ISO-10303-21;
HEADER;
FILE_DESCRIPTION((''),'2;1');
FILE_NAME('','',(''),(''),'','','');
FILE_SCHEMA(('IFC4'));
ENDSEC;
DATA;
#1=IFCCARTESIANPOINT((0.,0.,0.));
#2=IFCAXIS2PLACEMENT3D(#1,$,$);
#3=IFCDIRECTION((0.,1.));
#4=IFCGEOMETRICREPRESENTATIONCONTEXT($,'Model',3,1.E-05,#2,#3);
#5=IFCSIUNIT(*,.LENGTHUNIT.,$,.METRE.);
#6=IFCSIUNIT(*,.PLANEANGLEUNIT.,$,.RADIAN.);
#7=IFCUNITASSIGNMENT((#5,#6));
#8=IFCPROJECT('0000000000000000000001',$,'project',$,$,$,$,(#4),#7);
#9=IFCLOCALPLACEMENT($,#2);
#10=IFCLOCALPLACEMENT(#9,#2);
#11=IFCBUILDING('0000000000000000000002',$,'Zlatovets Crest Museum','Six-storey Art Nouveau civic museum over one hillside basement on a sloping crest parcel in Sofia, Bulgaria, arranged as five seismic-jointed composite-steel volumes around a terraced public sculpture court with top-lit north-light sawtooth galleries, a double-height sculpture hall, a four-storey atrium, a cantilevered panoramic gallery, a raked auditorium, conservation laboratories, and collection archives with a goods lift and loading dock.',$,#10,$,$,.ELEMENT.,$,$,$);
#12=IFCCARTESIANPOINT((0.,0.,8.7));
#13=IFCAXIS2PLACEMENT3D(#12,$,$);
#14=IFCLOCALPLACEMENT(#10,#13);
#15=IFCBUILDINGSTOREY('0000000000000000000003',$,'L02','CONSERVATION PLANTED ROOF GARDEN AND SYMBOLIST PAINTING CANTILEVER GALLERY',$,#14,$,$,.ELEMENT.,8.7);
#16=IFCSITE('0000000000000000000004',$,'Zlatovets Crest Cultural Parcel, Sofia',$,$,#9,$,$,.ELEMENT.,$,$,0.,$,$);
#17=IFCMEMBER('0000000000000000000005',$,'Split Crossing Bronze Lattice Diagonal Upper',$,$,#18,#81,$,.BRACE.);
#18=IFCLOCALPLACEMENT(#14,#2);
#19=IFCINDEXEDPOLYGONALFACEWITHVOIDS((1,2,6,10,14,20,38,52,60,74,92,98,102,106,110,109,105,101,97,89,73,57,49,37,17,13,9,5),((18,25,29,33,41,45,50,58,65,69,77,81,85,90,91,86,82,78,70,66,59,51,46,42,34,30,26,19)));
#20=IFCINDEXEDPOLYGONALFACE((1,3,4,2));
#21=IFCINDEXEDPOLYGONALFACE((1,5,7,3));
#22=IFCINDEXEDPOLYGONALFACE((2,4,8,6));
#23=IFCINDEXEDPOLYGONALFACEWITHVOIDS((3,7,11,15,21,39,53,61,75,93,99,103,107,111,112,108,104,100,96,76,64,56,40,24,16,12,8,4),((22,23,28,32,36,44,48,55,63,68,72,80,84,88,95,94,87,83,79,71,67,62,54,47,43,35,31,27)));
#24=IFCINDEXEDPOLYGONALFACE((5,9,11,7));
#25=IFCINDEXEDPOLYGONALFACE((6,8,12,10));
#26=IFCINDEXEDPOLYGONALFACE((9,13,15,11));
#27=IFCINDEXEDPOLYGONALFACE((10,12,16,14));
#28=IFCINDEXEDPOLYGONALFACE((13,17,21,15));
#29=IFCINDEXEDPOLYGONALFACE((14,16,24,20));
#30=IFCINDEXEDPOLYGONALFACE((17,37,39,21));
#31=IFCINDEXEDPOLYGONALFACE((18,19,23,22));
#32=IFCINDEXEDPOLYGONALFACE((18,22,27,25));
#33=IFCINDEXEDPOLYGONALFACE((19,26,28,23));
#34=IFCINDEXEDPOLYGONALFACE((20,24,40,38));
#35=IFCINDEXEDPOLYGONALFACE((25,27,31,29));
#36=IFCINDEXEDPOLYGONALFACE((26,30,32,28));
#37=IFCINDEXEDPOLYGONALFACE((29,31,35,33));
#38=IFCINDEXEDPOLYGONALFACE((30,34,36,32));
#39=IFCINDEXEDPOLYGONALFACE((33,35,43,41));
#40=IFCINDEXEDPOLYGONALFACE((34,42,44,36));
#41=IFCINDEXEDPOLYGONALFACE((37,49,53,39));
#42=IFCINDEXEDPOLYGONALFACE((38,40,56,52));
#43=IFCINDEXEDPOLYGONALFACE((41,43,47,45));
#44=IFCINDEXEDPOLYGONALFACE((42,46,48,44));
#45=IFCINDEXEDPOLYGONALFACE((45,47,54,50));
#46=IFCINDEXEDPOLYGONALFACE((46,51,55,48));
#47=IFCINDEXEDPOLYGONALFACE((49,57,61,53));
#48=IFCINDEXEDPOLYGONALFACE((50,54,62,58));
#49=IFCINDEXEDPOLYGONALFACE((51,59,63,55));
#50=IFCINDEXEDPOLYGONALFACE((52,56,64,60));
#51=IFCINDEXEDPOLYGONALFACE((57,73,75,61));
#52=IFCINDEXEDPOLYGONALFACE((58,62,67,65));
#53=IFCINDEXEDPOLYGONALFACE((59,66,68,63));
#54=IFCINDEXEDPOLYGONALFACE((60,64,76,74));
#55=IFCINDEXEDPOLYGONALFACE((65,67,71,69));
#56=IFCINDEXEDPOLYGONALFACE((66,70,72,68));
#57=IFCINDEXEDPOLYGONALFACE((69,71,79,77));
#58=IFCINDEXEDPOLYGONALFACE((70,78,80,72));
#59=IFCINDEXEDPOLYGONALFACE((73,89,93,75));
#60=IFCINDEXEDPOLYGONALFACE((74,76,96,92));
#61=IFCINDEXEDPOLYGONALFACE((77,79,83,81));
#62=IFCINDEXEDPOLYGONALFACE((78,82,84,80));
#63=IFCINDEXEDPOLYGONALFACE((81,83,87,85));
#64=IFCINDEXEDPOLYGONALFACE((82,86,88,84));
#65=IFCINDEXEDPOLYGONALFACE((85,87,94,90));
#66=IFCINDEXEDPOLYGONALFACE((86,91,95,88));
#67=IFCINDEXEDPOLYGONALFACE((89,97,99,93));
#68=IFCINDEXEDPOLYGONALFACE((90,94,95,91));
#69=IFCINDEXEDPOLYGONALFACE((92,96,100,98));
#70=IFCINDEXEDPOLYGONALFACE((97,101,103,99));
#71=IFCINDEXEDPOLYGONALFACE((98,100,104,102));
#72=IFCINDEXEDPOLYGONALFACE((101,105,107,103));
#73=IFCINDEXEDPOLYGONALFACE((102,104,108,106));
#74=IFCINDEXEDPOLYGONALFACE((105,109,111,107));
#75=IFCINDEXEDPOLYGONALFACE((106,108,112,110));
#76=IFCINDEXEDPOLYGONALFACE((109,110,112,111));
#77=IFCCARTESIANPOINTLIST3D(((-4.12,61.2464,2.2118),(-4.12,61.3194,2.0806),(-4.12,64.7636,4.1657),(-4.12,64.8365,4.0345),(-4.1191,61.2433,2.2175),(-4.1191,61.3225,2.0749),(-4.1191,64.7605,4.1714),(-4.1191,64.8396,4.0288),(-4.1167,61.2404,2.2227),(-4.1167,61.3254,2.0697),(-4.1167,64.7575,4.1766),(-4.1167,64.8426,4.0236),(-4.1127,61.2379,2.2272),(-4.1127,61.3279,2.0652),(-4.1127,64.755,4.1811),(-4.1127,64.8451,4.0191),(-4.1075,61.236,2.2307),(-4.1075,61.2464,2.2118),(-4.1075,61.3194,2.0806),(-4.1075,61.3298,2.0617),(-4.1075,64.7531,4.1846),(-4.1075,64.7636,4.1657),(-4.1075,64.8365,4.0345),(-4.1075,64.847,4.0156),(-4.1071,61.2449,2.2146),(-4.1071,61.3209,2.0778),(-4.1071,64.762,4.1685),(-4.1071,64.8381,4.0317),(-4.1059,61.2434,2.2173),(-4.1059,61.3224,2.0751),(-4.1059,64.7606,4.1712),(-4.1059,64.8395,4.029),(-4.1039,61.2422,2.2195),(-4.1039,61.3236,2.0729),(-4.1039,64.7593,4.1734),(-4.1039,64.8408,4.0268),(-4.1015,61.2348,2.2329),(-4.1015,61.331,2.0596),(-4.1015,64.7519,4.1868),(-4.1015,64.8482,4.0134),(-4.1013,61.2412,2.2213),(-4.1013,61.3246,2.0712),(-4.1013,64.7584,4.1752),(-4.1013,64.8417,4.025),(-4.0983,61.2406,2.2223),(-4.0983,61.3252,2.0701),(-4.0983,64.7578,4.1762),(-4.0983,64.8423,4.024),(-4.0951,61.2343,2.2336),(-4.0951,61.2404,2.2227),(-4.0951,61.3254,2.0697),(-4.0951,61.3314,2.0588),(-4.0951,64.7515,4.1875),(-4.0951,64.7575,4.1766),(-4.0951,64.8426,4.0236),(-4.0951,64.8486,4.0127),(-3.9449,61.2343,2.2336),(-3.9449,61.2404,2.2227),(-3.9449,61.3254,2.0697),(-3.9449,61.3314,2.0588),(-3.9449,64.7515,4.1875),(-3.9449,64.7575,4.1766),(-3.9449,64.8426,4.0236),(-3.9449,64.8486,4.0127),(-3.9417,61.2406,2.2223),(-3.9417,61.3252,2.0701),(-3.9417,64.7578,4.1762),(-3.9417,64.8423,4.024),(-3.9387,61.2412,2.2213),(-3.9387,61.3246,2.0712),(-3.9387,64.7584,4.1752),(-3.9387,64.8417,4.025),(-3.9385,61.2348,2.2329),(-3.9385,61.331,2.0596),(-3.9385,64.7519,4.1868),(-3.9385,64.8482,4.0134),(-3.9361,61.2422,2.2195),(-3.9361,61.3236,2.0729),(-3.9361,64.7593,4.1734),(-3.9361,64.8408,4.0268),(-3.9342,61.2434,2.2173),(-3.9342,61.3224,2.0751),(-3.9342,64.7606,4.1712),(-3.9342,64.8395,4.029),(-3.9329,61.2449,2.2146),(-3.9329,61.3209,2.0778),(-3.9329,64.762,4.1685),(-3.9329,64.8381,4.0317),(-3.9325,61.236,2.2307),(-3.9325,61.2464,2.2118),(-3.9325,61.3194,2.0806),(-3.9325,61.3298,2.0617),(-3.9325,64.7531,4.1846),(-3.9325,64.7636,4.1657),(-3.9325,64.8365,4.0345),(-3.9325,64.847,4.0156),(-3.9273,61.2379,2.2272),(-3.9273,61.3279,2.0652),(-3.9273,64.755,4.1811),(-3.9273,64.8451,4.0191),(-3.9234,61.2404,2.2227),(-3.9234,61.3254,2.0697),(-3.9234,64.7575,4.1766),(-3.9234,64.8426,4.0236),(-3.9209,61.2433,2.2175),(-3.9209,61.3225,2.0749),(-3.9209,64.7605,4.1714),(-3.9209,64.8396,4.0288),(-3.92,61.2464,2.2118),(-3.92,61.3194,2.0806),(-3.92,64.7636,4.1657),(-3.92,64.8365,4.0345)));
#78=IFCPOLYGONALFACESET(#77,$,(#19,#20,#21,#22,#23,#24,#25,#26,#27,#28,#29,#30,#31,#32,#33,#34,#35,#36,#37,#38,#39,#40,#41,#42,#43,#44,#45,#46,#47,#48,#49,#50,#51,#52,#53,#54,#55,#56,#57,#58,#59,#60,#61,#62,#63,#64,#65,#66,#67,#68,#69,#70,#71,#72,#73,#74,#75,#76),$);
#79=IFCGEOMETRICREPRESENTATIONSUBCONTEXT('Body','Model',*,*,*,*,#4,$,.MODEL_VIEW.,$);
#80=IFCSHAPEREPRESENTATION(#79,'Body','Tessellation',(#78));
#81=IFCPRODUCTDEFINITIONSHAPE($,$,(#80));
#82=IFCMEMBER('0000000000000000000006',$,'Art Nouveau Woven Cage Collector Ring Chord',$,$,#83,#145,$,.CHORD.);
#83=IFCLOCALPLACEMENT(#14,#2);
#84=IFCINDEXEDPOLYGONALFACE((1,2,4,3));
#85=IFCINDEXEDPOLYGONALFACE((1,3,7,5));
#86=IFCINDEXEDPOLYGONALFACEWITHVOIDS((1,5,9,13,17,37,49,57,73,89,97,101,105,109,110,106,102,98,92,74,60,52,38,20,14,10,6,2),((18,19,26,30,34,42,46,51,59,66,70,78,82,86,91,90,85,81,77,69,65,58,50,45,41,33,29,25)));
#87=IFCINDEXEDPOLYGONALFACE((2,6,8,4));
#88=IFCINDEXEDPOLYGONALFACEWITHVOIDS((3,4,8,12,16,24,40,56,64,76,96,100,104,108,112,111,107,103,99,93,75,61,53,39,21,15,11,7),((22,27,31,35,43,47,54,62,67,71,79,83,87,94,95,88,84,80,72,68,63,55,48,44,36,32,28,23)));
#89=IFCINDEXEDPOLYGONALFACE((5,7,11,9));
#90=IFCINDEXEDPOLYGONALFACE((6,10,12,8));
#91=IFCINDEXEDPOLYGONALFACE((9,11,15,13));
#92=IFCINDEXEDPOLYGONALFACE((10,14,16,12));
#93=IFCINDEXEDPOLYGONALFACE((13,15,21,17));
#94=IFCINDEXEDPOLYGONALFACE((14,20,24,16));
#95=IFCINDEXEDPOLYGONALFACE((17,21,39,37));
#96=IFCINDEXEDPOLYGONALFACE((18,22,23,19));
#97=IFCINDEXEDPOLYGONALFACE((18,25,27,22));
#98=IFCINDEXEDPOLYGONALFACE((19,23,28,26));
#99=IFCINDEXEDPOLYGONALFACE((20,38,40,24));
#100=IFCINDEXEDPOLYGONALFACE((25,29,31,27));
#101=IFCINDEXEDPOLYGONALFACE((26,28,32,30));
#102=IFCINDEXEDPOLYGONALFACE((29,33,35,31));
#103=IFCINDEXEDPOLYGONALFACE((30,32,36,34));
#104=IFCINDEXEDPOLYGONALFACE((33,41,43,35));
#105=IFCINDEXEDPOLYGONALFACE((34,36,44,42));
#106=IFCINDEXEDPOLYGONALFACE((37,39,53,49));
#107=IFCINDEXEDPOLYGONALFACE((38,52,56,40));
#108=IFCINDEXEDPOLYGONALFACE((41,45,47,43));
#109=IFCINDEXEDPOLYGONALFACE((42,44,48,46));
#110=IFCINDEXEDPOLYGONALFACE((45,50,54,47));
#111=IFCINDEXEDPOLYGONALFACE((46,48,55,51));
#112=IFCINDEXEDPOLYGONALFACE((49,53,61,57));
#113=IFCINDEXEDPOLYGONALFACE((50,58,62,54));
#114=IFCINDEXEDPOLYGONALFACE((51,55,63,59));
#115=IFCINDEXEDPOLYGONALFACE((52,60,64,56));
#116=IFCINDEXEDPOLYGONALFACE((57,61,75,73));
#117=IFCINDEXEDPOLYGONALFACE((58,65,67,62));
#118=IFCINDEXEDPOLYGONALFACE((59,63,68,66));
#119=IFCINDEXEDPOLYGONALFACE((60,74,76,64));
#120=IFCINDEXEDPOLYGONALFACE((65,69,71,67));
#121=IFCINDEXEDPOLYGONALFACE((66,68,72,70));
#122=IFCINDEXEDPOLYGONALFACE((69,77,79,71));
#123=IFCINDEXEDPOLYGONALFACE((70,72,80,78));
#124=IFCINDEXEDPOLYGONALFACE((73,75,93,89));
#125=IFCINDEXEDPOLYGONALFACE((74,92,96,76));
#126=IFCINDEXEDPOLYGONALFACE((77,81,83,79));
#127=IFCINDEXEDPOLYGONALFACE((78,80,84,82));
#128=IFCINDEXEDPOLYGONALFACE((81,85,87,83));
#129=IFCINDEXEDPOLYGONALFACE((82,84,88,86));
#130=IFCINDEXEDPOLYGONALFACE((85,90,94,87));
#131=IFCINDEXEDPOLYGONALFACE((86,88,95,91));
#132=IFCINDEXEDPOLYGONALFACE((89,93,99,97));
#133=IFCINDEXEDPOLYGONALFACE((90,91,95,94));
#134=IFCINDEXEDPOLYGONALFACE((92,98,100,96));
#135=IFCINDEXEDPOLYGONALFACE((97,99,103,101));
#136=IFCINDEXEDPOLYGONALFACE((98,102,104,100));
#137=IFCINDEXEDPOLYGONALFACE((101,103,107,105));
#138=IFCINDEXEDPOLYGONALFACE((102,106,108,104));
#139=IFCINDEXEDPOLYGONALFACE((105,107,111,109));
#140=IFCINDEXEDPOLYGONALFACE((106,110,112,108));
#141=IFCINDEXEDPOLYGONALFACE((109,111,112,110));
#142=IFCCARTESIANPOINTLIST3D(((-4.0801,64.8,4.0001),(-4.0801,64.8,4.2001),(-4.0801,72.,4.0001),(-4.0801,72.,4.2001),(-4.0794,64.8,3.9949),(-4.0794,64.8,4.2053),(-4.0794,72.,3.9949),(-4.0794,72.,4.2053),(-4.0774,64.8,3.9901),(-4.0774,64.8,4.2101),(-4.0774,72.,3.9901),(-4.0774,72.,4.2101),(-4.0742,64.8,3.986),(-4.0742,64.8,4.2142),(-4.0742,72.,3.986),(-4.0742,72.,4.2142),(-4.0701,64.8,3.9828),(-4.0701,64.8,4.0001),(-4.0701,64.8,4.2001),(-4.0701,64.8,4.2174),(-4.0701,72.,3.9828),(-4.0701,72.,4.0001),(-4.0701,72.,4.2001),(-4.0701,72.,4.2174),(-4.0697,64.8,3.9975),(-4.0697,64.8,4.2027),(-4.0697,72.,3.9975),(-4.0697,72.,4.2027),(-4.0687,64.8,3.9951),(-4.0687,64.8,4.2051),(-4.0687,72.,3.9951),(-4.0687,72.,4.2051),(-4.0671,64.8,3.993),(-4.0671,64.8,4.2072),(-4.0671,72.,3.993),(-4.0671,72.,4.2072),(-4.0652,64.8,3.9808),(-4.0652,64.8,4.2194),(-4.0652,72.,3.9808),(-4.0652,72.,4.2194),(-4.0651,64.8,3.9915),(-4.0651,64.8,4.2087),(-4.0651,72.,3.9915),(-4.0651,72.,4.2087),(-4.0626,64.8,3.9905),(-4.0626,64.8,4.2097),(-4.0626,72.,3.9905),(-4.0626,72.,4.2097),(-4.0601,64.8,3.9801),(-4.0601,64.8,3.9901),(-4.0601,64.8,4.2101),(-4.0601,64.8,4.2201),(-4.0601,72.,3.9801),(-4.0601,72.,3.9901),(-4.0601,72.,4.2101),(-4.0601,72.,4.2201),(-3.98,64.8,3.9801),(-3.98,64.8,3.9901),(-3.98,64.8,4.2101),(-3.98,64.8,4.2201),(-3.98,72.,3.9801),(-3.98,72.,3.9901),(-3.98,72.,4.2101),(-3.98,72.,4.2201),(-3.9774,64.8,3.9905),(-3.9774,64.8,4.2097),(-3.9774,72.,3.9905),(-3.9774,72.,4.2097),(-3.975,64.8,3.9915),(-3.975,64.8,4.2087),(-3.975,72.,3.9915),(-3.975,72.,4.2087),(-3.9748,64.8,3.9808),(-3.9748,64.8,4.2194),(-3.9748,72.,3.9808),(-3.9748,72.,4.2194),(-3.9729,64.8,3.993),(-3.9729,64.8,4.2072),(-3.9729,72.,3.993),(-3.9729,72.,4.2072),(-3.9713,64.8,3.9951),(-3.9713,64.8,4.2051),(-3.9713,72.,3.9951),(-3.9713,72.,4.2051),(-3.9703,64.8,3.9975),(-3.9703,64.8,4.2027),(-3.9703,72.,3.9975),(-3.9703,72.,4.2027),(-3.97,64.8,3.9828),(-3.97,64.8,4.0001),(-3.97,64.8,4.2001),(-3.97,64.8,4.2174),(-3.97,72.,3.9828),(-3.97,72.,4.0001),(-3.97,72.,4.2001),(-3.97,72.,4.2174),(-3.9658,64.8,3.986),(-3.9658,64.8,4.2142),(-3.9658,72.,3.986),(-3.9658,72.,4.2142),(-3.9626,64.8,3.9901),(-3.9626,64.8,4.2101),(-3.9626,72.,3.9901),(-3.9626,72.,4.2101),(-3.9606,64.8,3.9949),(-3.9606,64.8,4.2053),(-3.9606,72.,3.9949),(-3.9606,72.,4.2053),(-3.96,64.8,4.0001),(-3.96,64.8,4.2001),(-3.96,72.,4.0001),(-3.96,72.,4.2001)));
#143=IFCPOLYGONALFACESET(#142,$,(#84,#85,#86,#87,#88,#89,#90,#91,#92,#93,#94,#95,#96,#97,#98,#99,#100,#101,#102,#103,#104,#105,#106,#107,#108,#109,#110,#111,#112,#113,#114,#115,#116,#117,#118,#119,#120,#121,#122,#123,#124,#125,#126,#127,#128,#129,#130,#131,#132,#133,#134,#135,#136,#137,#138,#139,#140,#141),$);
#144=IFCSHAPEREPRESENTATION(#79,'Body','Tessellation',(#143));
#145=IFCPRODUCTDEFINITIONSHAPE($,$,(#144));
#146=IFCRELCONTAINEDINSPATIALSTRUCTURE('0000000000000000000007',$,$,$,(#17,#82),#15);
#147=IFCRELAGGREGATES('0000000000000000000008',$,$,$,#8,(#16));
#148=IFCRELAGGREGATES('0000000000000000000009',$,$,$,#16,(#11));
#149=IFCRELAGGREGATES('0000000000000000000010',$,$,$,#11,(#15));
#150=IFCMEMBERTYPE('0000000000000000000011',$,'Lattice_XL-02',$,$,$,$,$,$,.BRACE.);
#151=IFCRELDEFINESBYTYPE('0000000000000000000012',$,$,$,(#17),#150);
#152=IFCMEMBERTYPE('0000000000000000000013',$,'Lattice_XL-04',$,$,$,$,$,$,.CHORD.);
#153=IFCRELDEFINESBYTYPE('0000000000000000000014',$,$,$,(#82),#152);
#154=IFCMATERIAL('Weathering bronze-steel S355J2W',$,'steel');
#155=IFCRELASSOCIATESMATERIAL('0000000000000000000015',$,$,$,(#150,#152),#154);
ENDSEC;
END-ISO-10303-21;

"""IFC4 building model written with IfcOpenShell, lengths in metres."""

from ifc_helpers import new_model, si_unit, direction, frame, origin, origin_2d, place, context, subcontext, project, spatial, hollow_rectangle, extrude, material, material_profile, profile_set, type_object, element, save


model = new_model("IFC4")

# Units and contexts
model_context = context("Model", 3, precision=1e-05, world=origin(), true_north=direction((0.0, 1.0)))
body_context = subcontext(model_context, "Body", "Model", "MODEL_VIEW")
ifc_project = project(units=[si_unit("LENGTHUNIT", "METRE"), si_unit("PLANEANGLEUNIT", "RADIAN")], contexts=[model_context])

# Site, building, storey
site_placement = place(None, origin())
site = spatial("IfcSite", under=ifc_project, at=site_placement, Name="Zlatovets Crest Cultural Parcel, Sofia", CompositionType="ELEMENT", RefElevation=0.0)
building_placement = place(site_placement, origin())
building = spatial("IfcBuilding", under=site, at=building_placement, Name="Zlatovets Crest Museum", Description="Six-storey Art Nouveau civic museum over one hillside basement on a sloping crest parcel in Sofia, Bulgaria, arranged as five seismic-jointed composite-steel volumes around a terraced public sculpture court with top-lit north-light sawtooth galleries, a double-height sculpture hall, a four-storey atrium, a cantilevered panoramic gallery, a raked auditorium, conservation laboratories, and collection archives with a goods lift and loading dock.", CompositionType="ELEMENT")
storey_placement = place(building_placement, frame((0.0, 0.0, 8.7)))
storey = spatial("IfcBuildingStorey", under=building, at=storey_placement, Name="L02", Description="CONSERVATION PLANTED ROOF GARDEN AND SYMBOLIST PAINTING CANTILEVER GALLERY", CompositionType="ELEMENT", Elevation=8.7)

# Members
ifc_material_1 = material(Name="Weathering bronze-steel S355J2W", Category="steel")
ifc_material_profile_1 = material_profile(ifc_material_1, hollow_rectangle(XDim=0.2, YDim=0.2, WallThickness=0.0125, InnerFilletRadius=0.0125, OuterFilletRadius=0.0249, at=origin_2d()), Name="SHS 200x200x12.5")
ifc_profile_set_1 = profile_set([ifc_material_profile_1], Name="Weathering bronze-steel S355J2W")
member_type_1 = type_object("IfcMemberType", Name="Lattice_XL-02", PredefinedType="BRACE", material=ifc_profile_set_1)
member_1_placement = place(storey_placement, frame((-4.02, 64.8, 4.1001), z_axis=(0.0, -0.874166, -0.485627), x_axis=(1.0, 0.0, 0.0)))
element("IfcMember", 1, at=member_1_placement, inside=storey, type_object=member_type_1, Name="Split Crossing Bronze Lattice Diagonal Upper", PredefinedType="BRACE", context=body_context, shape_type="SweptSolid", body=[
    extrude(hollow_rectangle(XDim=0.2, YDim=0.2, WallThickness=0.0125, InnerFilletRadius=0.0125, OuterFilletRadius=0.0249, at=origin_2d()), origin(), (0.0, 0.0, 1.0), 4.0234),
])
ifc_material_profile_2 = material_profile(ifc_material_1, hollow_rectangle(XDim=0.1201, YDim=0.24, WallThickness=0.01, InnerFilletRadius=0.01, OuterFilletRadius=0.02, at=origin_2d()), Name="RHS 120x240x10.0")
ifc_profile_set_2 = profile_set([ifc_material_profile_2], Name="Weathering bronze-steel S355J2W")
member_type_2 = type_object("IfcMemberType", Name="Lattice_XL-04", PredefinedType="CHORD", material=ifc_profile_set_2)
for number, where, z_axis, x_axis, name in (
    (2, (-4.02, 72.0, 4.1001), (0.0, -1.0, 0.0), (1.0, 0.0, 0.0), "Art Nouveau Woven Cage Collector Ring Chord"),
):
    element("IfcMember", number, at=place(storey_placement, frame(where, z_axis=z_axis, x_axis=x_axis)), inside=storey, type_object=member_type_2, Name=name, PredefinedType="CHORD", context=body_context, shape_type="SweptSolid", body=[
        extrude(hollow_rectangle(XDim=0.1201, YDim=0.24, WallThickness=0.01, InnerFilletRadius=0.01, OuterFilletRadius=0.02, at=origin_2d()), origin(), (0.0, 0.0, 1.0), 7.2),
    ])

save(model, "model.ifc")
